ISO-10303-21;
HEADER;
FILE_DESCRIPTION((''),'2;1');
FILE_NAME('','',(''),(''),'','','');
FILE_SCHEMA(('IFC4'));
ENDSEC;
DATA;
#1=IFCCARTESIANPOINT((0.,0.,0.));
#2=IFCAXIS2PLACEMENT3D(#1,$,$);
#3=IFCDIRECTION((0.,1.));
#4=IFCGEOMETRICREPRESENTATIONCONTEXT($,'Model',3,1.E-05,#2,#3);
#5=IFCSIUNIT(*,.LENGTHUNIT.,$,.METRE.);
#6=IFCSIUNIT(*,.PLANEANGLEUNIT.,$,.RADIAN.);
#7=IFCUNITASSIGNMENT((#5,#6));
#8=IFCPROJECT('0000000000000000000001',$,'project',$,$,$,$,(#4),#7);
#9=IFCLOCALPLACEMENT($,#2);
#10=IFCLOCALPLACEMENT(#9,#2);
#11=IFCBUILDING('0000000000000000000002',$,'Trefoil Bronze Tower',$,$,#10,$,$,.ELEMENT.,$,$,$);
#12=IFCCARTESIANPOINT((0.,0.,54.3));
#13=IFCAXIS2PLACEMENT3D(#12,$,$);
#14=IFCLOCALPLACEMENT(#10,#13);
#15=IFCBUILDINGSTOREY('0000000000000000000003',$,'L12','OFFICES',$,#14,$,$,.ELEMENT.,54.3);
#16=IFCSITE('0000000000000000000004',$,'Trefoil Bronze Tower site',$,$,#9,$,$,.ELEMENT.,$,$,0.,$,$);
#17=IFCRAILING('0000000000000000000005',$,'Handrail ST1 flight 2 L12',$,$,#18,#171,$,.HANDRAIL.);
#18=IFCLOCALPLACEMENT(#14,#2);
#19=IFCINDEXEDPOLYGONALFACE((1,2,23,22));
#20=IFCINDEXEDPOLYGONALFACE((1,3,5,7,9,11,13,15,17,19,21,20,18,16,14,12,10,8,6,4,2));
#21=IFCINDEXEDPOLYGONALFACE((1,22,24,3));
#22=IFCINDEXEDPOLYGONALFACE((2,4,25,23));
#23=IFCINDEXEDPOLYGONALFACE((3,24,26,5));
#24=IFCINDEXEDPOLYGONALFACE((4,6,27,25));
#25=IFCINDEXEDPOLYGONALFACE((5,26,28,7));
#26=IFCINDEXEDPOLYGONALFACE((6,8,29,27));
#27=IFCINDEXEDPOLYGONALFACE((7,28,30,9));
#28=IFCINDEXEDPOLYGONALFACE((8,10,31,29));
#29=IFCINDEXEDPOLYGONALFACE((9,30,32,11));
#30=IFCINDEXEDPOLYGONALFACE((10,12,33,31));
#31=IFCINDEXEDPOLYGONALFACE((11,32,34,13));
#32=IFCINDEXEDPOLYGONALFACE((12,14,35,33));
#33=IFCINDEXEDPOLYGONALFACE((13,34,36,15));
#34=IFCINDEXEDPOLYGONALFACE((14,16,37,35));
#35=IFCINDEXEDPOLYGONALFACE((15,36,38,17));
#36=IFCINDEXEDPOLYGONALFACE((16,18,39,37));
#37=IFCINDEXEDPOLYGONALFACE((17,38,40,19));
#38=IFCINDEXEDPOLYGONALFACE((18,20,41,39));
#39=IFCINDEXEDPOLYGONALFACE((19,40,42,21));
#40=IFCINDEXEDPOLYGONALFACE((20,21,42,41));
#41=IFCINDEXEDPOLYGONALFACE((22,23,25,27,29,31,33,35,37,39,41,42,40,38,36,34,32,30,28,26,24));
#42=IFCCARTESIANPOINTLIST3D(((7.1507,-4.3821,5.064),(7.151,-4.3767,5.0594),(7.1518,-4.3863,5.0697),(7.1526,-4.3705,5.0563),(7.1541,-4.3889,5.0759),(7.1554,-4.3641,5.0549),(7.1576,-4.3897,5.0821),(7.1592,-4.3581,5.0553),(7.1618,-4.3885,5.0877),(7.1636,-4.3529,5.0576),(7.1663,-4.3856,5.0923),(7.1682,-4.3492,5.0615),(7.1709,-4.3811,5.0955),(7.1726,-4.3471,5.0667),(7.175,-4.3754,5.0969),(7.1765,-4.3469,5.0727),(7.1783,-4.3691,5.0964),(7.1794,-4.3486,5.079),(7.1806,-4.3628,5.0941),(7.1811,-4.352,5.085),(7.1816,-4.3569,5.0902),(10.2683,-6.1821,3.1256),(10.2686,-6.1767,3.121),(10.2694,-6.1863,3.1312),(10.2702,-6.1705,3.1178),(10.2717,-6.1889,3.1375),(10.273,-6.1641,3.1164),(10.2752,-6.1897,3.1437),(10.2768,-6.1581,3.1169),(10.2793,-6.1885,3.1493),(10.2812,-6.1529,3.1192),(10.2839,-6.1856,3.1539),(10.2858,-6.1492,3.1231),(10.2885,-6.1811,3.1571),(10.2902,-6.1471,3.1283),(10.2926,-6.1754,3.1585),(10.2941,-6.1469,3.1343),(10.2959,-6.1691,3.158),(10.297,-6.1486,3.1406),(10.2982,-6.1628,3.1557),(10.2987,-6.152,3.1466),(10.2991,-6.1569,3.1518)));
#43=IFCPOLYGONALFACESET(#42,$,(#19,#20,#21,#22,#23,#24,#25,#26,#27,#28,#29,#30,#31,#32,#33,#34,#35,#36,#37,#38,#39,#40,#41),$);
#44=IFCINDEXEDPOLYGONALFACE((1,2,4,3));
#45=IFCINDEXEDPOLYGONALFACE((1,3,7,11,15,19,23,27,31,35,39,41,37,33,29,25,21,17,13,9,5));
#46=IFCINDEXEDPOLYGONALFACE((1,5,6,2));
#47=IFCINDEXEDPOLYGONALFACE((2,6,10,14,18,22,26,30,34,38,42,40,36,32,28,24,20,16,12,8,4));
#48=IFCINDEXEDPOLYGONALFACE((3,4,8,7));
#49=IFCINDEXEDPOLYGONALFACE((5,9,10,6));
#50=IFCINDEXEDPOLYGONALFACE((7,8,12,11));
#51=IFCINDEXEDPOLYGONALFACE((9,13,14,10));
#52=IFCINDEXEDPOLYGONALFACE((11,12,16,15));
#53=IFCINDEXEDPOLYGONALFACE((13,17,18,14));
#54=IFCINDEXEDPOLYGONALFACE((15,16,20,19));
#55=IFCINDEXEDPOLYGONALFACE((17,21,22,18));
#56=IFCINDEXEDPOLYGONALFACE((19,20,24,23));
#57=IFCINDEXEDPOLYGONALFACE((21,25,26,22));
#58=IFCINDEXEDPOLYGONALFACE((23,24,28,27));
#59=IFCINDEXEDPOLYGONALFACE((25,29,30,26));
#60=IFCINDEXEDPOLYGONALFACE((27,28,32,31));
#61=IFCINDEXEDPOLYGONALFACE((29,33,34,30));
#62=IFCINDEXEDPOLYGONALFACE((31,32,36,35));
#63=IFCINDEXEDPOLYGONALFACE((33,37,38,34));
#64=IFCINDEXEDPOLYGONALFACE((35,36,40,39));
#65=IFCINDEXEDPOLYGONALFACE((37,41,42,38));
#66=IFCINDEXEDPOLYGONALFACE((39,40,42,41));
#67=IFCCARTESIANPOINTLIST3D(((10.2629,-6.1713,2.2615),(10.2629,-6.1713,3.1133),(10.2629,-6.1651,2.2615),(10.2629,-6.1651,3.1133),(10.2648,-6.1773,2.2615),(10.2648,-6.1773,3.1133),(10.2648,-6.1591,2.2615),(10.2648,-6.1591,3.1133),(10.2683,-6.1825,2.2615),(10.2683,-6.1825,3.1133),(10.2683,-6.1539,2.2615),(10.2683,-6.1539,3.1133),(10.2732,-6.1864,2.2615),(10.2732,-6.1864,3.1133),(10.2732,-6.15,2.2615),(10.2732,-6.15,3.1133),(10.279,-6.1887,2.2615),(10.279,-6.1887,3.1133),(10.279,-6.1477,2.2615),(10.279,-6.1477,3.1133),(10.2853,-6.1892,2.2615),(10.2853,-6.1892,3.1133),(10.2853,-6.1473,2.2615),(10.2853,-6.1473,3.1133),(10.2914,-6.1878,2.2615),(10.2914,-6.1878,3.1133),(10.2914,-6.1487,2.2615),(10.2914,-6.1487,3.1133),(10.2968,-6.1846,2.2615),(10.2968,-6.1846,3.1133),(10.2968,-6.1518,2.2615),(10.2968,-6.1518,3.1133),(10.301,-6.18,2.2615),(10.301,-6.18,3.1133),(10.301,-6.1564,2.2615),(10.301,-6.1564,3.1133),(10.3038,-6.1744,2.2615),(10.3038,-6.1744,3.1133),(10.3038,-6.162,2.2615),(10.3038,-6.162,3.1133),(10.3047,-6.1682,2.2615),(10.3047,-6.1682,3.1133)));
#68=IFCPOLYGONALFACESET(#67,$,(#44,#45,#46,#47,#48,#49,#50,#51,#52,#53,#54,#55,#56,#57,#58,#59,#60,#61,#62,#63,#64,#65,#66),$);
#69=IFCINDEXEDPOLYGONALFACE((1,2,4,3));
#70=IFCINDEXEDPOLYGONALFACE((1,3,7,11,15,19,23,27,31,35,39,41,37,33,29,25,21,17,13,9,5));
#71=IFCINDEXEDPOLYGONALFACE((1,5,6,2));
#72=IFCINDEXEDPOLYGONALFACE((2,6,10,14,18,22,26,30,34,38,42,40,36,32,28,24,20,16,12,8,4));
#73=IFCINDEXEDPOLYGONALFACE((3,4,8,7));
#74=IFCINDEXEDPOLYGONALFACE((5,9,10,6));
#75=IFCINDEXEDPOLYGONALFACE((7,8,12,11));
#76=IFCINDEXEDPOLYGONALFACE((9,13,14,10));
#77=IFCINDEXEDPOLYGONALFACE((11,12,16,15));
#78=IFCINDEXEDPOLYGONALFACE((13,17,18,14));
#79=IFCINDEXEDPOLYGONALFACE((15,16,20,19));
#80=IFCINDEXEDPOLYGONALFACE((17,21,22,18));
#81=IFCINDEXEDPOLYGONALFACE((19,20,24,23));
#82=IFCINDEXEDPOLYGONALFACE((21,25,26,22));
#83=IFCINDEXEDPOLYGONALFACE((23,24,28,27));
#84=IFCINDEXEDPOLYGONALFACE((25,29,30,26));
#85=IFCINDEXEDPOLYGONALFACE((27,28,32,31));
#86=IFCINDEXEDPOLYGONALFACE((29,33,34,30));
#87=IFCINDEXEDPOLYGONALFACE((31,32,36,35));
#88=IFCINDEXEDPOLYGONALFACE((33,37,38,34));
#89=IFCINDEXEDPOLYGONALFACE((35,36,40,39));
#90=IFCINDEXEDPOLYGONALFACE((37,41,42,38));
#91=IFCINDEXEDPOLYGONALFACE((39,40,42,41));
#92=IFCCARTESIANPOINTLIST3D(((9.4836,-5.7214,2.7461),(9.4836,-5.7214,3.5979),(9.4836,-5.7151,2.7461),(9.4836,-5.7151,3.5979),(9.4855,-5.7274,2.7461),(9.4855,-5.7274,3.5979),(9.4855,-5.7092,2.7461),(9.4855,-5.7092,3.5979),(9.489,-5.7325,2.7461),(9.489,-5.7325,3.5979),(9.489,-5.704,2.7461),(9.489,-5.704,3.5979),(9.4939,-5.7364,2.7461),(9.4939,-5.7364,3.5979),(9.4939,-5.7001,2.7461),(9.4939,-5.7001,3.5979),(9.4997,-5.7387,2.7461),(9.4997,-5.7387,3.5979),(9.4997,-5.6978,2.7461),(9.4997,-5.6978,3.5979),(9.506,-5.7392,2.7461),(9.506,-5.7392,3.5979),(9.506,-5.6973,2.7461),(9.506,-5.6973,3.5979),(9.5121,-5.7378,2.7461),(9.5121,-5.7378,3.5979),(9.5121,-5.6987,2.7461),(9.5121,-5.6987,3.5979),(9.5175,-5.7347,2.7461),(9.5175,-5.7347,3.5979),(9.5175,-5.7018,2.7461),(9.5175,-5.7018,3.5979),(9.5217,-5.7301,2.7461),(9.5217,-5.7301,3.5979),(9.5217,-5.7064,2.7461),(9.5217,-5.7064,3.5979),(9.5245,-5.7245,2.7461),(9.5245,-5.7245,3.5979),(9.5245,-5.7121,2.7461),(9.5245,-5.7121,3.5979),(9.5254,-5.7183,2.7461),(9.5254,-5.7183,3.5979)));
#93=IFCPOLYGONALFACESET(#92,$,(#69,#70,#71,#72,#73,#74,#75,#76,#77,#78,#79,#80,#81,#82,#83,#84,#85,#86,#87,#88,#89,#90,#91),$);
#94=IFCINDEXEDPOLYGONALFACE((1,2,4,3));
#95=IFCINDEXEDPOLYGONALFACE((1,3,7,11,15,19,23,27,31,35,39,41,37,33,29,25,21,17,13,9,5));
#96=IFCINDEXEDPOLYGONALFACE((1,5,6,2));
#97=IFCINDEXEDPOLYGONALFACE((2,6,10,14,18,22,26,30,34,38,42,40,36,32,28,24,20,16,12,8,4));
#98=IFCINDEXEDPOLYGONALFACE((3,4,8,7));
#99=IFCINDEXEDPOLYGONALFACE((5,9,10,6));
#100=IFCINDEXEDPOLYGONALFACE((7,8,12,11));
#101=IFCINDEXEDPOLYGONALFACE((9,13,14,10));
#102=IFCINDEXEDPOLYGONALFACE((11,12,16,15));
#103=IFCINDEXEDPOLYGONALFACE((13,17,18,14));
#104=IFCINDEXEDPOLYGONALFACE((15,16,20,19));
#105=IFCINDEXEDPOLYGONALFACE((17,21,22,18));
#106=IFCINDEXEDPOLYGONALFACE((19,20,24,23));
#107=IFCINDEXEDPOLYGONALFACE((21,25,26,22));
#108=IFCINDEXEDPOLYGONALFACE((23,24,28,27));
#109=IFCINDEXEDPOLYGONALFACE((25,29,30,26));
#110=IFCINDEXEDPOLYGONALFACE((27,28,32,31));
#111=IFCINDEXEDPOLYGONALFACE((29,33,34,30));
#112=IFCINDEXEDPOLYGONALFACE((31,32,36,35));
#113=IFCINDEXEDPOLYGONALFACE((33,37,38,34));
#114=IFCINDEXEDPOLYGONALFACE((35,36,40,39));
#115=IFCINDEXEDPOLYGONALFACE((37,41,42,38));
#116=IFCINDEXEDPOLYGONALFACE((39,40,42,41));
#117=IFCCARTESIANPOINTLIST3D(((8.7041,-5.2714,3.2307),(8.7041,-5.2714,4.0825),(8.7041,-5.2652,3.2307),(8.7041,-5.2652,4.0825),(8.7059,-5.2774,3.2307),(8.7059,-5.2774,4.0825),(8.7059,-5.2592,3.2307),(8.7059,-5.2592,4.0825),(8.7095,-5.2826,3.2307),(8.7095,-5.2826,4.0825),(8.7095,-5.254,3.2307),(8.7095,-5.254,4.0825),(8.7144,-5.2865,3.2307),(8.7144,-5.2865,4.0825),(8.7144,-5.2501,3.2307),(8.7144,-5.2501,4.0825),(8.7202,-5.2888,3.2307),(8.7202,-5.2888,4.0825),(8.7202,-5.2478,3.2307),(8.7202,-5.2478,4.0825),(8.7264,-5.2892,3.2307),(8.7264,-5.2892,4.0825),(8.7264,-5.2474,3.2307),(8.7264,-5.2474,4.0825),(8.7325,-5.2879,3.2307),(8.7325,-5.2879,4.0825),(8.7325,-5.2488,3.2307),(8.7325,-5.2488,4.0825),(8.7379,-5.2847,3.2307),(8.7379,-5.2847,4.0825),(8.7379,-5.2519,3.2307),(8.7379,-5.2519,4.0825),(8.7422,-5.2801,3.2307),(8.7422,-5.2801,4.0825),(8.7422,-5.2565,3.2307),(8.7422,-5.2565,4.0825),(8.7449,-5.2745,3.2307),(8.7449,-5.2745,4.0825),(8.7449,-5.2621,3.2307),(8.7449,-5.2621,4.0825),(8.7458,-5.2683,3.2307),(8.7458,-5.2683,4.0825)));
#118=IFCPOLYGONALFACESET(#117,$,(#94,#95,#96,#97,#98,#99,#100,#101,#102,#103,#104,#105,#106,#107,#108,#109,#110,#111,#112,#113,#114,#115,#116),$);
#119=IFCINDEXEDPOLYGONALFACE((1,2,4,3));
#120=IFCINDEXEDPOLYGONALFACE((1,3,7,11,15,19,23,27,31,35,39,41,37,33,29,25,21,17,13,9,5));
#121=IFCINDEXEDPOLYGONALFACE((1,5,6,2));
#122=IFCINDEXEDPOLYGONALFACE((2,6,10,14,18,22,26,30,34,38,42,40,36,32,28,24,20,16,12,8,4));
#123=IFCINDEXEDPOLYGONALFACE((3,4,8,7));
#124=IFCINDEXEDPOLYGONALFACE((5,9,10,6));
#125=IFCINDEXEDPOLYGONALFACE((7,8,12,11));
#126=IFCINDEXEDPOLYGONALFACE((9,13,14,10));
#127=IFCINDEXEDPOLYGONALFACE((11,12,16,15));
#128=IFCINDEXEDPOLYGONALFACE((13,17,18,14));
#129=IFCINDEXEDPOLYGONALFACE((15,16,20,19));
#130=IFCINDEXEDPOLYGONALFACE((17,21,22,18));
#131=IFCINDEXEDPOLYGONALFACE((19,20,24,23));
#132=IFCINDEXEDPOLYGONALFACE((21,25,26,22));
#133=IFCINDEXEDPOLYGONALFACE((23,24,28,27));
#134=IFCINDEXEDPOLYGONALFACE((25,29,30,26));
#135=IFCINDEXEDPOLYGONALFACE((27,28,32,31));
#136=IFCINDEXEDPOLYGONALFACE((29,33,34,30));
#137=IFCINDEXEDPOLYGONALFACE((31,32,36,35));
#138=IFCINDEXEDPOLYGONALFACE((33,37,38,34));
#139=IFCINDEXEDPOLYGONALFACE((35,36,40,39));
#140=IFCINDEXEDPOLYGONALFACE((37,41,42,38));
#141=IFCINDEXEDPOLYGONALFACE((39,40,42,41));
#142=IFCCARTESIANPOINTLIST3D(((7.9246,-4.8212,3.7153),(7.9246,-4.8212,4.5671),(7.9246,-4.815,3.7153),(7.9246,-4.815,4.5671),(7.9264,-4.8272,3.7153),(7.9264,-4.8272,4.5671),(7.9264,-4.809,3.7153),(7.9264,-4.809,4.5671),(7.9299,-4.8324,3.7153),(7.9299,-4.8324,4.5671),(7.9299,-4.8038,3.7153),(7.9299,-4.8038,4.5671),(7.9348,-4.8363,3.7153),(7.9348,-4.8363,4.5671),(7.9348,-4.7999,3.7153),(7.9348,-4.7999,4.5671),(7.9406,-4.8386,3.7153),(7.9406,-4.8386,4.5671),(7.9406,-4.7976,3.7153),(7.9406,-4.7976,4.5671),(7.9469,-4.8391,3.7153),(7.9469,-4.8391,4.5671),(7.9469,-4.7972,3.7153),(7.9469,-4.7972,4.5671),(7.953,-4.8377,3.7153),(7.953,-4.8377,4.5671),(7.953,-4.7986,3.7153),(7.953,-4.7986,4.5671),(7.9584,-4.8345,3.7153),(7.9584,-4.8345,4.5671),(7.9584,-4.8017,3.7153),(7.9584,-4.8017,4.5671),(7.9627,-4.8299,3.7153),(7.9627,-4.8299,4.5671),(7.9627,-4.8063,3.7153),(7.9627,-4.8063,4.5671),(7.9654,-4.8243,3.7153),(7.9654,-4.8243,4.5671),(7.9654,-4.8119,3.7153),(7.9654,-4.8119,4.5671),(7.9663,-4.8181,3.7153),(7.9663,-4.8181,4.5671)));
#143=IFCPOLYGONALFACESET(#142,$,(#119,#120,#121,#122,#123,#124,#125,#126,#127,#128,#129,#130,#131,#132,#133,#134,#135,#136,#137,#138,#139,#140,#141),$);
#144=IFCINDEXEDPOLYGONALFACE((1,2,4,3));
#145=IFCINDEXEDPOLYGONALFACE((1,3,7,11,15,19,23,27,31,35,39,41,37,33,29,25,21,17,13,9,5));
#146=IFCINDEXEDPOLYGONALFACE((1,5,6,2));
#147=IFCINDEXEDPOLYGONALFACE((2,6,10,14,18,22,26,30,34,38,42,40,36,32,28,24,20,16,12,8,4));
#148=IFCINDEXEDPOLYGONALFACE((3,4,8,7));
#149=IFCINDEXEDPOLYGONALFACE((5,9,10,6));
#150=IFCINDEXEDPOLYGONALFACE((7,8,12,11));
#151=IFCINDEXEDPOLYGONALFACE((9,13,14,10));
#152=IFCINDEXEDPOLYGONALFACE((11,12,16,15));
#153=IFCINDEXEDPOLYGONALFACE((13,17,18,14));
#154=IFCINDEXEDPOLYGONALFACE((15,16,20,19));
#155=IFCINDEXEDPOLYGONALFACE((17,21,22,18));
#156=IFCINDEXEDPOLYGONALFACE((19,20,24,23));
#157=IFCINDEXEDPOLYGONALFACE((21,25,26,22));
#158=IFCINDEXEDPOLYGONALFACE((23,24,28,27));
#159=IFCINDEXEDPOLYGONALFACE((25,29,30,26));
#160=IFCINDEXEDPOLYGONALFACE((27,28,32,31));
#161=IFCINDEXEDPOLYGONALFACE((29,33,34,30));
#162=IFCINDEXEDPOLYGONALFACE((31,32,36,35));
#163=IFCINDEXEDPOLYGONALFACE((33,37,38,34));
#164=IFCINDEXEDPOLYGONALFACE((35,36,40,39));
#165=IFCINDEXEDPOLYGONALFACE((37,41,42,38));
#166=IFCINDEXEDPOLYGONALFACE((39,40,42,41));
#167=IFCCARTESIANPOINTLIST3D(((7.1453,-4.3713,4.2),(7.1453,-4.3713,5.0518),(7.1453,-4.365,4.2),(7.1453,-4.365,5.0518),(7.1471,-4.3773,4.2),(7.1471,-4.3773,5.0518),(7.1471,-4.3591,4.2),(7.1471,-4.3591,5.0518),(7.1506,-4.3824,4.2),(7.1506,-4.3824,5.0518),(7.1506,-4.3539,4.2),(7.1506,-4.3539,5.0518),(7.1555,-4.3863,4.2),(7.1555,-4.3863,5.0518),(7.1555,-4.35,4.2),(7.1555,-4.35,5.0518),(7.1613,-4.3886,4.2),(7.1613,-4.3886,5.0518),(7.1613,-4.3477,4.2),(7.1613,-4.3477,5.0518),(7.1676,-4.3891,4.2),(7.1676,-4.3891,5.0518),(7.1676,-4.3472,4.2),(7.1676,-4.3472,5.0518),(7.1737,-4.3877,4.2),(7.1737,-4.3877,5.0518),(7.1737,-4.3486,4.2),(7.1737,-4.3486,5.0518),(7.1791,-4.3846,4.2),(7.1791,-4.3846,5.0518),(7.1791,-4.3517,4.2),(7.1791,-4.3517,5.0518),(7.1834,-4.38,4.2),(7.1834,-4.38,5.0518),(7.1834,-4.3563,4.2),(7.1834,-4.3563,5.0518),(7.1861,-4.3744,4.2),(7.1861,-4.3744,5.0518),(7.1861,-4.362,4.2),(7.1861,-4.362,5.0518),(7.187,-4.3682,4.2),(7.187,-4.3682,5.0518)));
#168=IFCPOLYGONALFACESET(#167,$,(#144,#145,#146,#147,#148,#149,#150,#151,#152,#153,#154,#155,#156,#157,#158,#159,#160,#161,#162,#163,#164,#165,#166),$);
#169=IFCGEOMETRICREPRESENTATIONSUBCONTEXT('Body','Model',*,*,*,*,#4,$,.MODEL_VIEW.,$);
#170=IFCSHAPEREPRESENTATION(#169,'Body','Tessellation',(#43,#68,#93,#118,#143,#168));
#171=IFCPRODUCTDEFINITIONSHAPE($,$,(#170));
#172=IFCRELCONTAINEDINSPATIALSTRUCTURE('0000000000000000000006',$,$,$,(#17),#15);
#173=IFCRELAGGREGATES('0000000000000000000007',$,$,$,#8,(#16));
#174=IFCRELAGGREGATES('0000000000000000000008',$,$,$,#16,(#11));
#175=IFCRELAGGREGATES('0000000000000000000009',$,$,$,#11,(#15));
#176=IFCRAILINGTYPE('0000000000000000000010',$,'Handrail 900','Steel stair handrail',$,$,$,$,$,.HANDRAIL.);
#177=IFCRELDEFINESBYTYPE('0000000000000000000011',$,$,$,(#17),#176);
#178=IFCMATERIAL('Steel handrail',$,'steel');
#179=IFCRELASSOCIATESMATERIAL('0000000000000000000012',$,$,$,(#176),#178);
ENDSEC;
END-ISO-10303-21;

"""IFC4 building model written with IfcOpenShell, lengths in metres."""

from ifc_helpers import new_model, si_unit, direction, frame, origin, origin_2d, place, context, subcontext, project, spatial, circle, extrude, material, type_object, element, save


model = new_model("IFC4")

# Units and contexts
model_context = context("Model", 3, precision=1e-05, world=origin(), true_north=direction((0.0, 1.0)))
body_context = subcontext(model_context, "Body", "Model", "MODEL_VIEW")
ifc_project = project(units=[si_unit("LENGTHUNIT", "METRE"), si_unit("PLANEANGLEUNIT", "RADIAN")], contexts=[model_context])

# Site, building, storey
site_placement = place(None, origin())
site = spatial("IfcSite", under=ifc_project, at=site_placement, Name="Trefoil Bronze Tower site", CompositionType="ELEMENT", RefElevation=0.0)
building_placement = place(site_placement, origin())
building = spatial("IfcBuilding", under=site, at=building_placement, Name="Trefoil Bronze Tower", CompositionType="ELEMENT")
storey_placement = place(building_placement, frame((0.0, 0.0, 54.3)))
storey = spatial("IfcBuildingStorey", under=building, at=storey_placement, Name="L12", Description="OFFICES", CompositionType="ELEMENT", Elevation=54.3)

# Railing
ifc_material_1 = material(Name="Steel handrail", Category="steel")
railing_type = type_object("IfcRailingType", Name="Handrail 900", Description="Steel stair handrail", PredefinedType="HANDRAIL", material=ifc_material_1)
railing_1_placement = place(storey_placement, frame((10.2837, -6.1682, 2.2615)))
element("IfcRailing", 1, at=railing_1_placement, inside=storey, type_object=railing_type, Name="Handrail ST1 flight 2 L12", PredefinedType="HANDRAIL", context=body_context, shape_type="SweptSolid", body=[
    extrude(circle(Radius=0.0239, at=origin_2d()), frame((0.0, 0.0, 0.876), z_axis=(-0.762503, 0.440246, 0.474102), x_axis=(-0.500012, -0.866018, 0.0)), (0.0, 0.0, 1.0), 4.0886),
    extrude(circle(Radius=0.021, at=origin_2d()), origin(), (0.0, 0.0, 1.0), 0.8518),
    extrude(circle(Radius=0.021, at=origin_2d()), frame((-0.7793, 0.45, 0.4846)), (0.0, 0.0, 1.0), 0.8518),
    extrude(circle(Radius=0.021, at=origin_2d()), frame((-1.5588, 0.8999, 0.9692)), (0.0, 0.0, 1.0), 0.8518),
    extrude(circle(Radius=0.021, at=origin_2d()), frame((-2.3384, 1.3501, 1.4539)), (0.0, 0.0, 1.0), 0.8518),
    extrude(circle(Radius=0.021, at=origin_2d()), frame((-3.1177, 1.8, 1.9385)), (0.0, 0.0, 1.0), 0.8518),
])

save(model, "model.ifc")
